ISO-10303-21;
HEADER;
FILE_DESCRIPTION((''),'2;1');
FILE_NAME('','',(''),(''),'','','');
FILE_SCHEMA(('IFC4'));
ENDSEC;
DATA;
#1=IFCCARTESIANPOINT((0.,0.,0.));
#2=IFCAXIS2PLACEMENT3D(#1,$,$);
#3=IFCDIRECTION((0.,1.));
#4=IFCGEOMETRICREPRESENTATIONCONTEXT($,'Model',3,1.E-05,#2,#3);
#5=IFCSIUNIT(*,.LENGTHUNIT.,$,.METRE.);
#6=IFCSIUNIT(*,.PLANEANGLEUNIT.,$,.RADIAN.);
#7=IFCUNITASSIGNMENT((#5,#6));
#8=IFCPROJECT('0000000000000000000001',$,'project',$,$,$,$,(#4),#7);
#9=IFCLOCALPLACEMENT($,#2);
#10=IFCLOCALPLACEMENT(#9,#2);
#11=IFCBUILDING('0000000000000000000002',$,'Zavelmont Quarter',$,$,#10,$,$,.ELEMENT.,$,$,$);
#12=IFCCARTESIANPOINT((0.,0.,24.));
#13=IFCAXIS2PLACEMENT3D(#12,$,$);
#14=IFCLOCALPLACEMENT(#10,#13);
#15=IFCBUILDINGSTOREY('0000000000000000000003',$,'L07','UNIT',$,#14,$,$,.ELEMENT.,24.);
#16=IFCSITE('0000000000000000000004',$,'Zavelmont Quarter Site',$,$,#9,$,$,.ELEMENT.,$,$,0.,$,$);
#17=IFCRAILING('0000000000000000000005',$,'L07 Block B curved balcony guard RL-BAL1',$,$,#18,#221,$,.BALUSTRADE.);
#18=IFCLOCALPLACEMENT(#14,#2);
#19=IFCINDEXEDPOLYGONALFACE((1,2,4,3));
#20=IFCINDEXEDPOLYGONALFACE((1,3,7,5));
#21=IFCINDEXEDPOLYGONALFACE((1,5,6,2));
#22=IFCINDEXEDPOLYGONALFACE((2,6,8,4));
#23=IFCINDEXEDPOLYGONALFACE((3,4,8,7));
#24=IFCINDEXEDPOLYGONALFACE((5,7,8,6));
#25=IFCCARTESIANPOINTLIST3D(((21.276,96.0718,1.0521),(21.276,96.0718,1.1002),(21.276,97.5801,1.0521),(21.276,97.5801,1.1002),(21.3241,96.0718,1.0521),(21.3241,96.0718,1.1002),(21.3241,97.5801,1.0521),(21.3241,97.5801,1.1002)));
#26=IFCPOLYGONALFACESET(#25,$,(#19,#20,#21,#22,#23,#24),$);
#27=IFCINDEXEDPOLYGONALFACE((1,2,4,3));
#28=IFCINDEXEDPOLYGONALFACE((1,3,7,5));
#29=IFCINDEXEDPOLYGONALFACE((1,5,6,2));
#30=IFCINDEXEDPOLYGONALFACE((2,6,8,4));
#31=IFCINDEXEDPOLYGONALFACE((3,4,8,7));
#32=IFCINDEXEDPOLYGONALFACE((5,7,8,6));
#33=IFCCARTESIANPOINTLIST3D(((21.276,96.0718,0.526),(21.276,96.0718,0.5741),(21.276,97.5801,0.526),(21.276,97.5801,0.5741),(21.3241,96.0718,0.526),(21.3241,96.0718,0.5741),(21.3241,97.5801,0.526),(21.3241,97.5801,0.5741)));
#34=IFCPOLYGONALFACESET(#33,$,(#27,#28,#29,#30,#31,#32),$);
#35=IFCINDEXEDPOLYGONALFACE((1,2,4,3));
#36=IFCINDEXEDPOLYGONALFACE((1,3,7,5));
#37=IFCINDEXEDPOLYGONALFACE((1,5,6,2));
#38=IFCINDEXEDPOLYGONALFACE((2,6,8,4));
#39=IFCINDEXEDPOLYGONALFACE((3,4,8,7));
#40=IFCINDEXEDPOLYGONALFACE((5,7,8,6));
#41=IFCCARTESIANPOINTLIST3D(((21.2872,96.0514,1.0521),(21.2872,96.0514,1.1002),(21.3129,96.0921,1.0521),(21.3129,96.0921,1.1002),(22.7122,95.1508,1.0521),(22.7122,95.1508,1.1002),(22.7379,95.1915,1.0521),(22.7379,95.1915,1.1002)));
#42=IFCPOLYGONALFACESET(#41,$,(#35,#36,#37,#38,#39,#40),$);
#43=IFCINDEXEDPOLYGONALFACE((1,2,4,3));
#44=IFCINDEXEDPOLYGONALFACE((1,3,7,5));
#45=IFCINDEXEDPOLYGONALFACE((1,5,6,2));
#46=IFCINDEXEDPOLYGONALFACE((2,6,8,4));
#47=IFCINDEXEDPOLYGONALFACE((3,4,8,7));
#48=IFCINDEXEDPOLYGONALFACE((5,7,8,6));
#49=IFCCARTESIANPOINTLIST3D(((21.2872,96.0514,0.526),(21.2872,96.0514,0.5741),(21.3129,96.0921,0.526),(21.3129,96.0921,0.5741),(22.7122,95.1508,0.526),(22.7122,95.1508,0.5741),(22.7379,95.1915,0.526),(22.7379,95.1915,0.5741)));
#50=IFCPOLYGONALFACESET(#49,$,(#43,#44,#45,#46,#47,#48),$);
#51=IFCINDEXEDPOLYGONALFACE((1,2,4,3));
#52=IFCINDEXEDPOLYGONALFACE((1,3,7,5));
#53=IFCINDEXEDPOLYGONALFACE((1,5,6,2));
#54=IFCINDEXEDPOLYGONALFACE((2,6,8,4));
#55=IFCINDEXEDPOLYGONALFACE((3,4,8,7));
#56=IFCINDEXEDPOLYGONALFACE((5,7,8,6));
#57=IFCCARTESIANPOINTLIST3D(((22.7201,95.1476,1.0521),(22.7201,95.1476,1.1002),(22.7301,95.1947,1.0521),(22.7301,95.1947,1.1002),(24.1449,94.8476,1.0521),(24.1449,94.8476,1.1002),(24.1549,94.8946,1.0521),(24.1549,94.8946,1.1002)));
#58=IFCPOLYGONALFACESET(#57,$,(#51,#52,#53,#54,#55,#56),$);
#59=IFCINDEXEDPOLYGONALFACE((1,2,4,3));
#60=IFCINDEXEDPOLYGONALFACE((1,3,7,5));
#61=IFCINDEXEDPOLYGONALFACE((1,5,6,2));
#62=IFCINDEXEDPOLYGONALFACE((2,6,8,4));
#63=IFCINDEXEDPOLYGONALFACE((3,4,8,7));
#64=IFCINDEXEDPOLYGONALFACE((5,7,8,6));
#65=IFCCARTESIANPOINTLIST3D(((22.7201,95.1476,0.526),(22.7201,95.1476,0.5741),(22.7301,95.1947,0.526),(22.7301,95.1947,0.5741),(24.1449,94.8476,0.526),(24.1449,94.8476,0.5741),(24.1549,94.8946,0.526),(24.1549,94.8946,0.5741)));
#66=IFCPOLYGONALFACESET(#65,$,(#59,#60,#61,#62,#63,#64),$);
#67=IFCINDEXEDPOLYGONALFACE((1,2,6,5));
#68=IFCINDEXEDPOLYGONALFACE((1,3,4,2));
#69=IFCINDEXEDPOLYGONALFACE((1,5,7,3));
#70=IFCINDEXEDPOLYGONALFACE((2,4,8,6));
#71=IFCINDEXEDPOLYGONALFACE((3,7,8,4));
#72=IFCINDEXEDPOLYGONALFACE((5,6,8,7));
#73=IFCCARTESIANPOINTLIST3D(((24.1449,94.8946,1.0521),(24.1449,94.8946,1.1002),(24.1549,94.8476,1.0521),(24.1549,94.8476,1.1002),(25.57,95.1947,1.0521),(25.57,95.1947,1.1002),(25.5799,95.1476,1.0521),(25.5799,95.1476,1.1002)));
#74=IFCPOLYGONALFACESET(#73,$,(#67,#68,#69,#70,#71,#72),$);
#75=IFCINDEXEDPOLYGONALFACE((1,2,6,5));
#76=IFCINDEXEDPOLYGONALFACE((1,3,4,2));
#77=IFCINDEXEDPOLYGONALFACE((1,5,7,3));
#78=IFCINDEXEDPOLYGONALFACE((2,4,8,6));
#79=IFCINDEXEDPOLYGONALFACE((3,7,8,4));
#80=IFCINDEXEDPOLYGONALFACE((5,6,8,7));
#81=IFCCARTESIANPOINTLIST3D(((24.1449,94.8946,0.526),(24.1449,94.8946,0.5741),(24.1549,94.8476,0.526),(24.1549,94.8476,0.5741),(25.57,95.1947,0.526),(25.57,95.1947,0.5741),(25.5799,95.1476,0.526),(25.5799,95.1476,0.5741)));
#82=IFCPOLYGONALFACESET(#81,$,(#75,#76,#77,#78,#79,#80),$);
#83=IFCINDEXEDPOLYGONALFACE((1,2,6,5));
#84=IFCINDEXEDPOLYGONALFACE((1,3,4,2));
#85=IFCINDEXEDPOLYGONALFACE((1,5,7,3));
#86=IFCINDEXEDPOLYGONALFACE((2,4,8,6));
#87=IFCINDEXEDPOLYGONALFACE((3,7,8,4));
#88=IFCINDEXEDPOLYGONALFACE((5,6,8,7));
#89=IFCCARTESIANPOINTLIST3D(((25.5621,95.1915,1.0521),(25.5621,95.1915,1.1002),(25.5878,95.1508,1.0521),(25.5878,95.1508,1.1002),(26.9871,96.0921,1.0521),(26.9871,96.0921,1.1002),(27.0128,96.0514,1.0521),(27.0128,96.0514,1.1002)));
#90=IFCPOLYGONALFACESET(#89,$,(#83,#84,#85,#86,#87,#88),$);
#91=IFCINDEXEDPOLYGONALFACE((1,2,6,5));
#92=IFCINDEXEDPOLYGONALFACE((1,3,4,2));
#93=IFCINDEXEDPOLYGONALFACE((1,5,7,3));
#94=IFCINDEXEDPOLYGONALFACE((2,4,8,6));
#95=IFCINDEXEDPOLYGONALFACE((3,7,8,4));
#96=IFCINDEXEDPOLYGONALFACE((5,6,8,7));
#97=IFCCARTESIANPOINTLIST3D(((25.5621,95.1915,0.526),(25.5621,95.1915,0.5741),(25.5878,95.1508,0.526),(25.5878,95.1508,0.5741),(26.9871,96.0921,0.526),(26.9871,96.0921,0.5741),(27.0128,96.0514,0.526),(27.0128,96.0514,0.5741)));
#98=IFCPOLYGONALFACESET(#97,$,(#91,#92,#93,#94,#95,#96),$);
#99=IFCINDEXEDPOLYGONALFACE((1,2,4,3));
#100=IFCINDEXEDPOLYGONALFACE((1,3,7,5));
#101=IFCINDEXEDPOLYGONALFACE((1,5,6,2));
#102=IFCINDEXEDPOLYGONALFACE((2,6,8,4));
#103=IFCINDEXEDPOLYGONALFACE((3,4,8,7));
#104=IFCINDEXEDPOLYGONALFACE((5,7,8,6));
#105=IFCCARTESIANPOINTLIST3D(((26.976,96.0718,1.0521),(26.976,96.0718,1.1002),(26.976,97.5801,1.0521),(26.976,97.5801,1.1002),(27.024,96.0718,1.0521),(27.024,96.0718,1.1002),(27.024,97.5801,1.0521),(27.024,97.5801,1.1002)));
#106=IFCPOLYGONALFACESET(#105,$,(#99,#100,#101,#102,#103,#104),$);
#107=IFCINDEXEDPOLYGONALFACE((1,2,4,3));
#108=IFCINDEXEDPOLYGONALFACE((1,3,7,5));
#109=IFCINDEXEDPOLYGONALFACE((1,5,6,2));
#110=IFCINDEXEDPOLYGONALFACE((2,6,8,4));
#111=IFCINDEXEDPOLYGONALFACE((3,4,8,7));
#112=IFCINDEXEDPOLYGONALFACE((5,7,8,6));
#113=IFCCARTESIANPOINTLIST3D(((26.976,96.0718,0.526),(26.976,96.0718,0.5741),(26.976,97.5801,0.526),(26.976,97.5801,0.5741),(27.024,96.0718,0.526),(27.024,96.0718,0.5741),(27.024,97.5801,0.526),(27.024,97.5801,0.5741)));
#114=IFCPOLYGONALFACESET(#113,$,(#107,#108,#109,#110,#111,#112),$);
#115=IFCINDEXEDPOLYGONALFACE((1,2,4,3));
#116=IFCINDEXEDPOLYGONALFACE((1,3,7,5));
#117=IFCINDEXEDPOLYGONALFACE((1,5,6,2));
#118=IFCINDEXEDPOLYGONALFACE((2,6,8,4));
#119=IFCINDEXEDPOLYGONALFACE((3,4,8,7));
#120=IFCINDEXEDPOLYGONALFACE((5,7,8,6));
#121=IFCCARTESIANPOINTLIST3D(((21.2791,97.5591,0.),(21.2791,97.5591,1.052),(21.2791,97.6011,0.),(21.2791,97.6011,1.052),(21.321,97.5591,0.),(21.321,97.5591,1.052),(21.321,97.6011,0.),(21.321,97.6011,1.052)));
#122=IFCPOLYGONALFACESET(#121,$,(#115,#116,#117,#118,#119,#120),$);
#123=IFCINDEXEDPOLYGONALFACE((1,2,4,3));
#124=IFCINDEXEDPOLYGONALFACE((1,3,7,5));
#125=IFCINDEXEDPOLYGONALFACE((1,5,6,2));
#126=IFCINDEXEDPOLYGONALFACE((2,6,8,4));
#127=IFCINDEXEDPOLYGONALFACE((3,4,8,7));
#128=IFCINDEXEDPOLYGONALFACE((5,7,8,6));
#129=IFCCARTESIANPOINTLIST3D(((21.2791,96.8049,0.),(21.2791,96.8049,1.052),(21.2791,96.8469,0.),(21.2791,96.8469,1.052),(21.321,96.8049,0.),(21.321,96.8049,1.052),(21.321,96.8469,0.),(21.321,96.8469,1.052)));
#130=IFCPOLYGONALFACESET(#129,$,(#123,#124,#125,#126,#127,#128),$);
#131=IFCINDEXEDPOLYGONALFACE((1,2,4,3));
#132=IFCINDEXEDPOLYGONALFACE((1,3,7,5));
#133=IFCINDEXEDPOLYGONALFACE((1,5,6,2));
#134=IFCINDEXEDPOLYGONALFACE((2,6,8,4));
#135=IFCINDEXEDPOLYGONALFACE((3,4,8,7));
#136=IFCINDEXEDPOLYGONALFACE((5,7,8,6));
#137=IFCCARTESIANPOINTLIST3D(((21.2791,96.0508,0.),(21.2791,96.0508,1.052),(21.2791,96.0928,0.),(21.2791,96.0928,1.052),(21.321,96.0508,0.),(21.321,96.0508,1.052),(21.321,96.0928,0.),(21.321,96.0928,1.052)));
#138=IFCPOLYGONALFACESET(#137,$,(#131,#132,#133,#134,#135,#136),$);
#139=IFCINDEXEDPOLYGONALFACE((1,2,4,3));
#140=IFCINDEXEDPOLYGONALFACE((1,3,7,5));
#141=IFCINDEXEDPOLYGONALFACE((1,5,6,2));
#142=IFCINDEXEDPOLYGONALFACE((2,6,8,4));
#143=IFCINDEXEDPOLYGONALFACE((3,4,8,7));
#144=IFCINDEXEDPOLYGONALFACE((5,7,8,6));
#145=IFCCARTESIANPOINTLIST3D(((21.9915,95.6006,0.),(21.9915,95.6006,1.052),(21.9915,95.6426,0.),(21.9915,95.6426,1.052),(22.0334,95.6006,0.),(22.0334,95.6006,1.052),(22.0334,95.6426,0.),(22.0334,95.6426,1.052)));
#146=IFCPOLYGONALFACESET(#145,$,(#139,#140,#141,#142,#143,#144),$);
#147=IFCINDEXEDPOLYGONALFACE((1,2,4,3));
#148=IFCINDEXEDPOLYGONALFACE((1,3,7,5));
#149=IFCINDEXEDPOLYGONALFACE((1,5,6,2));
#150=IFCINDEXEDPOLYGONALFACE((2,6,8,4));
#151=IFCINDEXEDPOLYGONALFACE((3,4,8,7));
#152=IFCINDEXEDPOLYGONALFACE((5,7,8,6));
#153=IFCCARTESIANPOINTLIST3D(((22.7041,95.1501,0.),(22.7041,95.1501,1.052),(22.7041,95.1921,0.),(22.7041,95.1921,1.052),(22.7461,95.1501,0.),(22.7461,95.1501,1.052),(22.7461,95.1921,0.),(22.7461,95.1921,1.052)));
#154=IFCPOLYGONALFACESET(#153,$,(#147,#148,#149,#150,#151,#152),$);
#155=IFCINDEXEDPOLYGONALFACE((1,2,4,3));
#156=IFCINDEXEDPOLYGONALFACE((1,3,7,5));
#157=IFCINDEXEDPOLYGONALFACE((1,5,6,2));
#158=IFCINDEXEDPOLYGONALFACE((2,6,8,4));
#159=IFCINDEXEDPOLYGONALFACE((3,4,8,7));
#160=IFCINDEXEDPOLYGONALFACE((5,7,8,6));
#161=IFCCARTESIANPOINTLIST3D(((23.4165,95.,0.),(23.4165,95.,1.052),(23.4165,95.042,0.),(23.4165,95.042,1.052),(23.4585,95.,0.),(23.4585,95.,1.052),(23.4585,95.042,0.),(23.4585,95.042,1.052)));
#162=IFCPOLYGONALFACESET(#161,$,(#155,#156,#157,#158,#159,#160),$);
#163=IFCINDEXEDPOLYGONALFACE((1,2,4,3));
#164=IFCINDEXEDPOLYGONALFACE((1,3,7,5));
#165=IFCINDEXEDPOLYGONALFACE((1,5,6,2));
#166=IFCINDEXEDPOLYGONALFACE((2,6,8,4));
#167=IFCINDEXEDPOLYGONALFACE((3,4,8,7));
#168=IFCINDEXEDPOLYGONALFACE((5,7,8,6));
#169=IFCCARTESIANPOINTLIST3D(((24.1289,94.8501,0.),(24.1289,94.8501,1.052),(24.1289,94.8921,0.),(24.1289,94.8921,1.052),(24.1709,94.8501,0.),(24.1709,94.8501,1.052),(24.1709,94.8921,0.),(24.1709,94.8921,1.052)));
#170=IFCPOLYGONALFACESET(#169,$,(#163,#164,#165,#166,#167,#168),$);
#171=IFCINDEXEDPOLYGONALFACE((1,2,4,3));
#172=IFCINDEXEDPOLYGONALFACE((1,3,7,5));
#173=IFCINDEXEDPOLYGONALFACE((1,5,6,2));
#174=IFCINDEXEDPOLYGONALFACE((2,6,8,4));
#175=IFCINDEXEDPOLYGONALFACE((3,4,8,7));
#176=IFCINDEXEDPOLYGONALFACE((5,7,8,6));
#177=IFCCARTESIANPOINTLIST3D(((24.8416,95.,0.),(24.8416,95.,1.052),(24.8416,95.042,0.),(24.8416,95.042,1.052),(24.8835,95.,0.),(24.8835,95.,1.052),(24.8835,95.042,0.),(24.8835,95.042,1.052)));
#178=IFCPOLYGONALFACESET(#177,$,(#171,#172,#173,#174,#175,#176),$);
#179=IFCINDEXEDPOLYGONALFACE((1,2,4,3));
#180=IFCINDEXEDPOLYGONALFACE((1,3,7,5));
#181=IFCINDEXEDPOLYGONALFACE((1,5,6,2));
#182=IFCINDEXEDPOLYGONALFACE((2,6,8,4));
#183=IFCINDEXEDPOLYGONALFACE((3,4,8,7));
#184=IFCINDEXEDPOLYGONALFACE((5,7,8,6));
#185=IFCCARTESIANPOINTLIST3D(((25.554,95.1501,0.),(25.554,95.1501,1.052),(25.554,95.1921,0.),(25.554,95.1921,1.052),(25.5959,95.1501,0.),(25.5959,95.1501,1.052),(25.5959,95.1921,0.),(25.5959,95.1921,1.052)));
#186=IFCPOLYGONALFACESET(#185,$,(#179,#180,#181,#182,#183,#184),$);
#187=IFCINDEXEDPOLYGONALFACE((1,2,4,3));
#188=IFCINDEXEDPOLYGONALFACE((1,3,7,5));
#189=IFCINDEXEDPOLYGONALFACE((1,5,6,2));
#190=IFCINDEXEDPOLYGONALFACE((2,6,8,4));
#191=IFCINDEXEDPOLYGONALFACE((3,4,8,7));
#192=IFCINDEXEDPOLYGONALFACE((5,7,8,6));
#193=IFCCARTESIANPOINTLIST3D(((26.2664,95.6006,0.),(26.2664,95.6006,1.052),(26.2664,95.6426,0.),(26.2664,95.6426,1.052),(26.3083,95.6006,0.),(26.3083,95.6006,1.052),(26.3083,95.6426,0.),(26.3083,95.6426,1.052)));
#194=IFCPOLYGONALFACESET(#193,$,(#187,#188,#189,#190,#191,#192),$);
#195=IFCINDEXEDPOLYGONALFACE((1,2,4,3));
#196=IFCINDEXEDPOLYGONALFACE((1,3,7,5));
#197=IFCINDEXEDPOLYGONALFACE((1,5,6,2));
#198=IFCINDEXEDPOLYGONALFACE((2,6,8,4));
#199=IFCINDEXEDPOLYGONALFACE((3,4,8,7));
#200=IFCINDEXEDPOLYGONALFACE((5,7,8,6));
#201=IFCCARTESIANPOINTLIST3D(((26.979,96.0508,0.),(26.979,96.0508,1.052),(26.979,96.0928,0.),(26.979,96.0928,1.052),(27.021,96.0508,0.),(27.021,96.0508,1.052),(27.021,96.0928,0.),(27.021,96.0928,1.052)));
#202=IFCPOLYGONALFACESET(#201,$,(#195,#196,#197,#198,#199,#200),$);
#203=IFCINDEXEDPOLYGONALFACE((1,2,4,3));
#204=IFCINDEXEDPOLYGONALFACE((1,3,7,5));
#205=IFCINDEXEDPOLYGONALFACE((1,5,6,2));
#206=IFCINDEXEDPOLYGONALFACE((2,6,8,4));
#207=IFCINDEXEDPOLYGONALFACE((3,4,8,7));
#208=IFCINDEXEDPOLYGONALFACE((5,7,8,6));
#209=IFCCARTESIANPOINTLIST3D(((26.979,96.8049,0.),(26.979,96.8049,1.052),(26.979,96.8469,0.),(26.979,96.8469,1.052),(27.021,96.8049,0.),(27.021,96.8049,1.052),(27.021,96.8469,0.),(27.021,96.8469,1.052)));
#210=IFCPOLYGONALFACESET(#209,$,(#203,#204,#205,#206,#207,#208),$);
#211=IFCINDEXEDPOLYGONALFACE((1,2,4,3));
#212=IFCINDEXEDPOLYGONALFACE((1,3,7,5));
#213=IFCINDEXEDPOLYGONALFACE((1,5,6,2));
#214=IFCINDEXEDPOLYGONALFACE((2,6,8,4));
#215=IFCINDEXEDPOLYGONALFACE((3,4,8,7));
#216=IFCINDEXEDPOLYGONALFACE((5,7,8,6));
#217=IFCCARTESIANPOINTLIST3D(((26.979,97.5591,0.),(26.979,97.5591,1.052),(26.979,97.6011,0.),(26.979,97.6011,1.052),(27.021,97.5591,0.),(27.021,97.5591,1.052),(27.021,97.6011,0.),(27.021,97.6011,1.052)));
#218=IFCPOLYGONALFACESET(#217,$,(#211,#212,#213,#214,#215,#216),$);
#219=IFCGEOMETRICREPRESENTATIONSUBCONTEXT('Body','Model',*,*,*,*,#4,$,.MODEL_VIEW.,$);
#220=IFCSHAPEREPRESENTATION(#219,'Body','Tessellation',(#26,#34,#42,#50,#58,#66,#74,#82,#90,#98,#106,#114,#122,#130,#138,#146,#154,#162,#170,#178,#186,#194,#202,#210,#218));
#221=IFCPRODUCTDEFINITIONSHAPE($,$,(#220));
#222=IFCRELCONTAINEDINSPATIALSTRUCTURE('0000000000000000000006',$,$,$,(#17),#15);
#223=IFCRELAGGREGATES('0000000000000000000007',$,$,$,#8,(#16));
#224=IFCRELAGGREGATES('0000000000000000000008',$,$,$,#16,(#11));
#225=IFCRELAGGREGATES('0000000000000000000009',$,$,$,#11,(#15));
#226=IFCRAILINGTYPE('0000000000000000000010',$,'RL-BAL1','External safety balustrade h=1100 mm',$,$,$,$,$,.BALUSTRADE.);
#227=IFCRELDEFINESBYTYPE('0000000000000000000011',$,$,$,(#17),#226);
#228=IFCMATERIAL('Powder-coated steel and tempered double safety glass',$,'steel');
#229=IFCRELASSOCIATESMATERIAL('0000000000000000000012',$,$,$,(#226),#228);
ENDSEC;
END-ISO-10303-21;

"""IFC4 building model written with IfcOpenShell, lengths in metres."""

from ifc_helpers import new_model, si_unit, direction, frame, origin, origin_2d, place, context, subcontext, project, spatial, rectangle, extrude, material, type_object, element, save


model = new_model("IFC4")

# Units and contexts
model_context = context("Model", 3, precision=1e-05, world=origin(), true_north=direction((0.0, 1.0)))
body_context = subcontext(model_context, "Body", "Model", "MODEL_VIEW")
ifc_project = project(units=[si_unit("LENGTHUNIT", "METRE"), si_unit("PLANEANGLEUNIT", "RADIAN")], contexts=[model_context])

# Site, building, storey
site_placement = place(None, origin())
site = spatial("IfcSite", under=ifc_project, at=site_placement, Name="Zavelmont Quarter Site", CompositionType="ELEMENT", RefElevation=0.0)
building_placement = place(site_placement, origin())
building = spatial("IfcBuilding", under=site, at=building_placement, Name="Zavelmont Quarter", CompositionType="ELEMENT")
storey_placement = place(building_placement, frame((0.0, 0.0, 24.0)))
storey = spatial("IfcBuildingStorey", under=building, at=storey_placement, Name="L07", Description="UNIT", CompositionType="ELEMENT", Elevation=24.0)

# Railing
ifc_material_1 = material(Name="Powder-coated steel and tempered double safety glass", Category="steel")
railing_type_1 = type_object("IfcRailingType", Name="RL-BAL1", Description="External safety balustrade h=1100 mm", PredefinedType="BALUSTRADE", material=ifc_material_1)
railing_1_placement = place(storey_placement, frame((21.3, 97.5801, 0.0)))
element("IfcRailing", 1, at=railing_1_placement, inside=storey, type_object=railing_type_1, Name="L07 Block B curved balcony guard RL-BAL1", PredefinedType="BALUSTRADE", context=body_context, shape_type="SweptSolid", body=[
    extrude(rectangle(XDim=0.0481, YDim=0.0481, at=origin_2d()), frame((0.0, 0.0, 1.0762), z_axis=(0.0, -1.0, 0.0), x_axis=(1.0, 0.0, 0.0)), (0.0, 0.0, 1.0), 1.5083),
    extrude(rectangle(XDim=0.0481, YDim=0.0481, at=origin_2d()), frame((0.0, 0.0, 0.55), z_axis=(0.0, -1.0, 0.0), x_axis=(1.0, 0.0, 0.0)), (0.0, 0.0, 1.0), 1.5083),
    extrude(rectangle(XDim=0.0481, YDim=0.0481, at=origin_2d()), frame((0.0, -1.5083, 1.0762), z_axis=(0.845327, -0.534249, 0.0), x_axis=(0.534249, 0.845327, 0.0)), (0.0, 0.0, 1.0), 1.6858),
    extrude(rectangle(XDim=0.0481, YDim=0.0481, at=origin_2d()), frame((0.0, -1.5083, 0.55), z_axis=(0.845327, -0.534249, 0.0), x_axis=(0.534249, 0.845327, 0.0)), (0.0, 0.0, 1.0), 1.6858),
    extrude(rectangle(XDim=0.0481, YDim=0.0481, at=origin_2d()), frame((1.425, -2.4089, 1.0762), z_axis=(0.978537, -0.20607, 0.0), x_axis=(0.20607, 0.978537, 0.0)), (0.0, 0.0, 1.0), 1.4561),
    extrude(rectangle(XDim=0.0481, YDim=0.0481, at=origin_2d()), frame((1.425, -2.4089, 0.55), z_axis=(0.978537, -0.20607, 0.0), x_axis=(0.20607, 0.978537, 0.0)), (0.0, 0.0, 1.0), 1.4561),
    extrude(rectangle(XDim=0.0481, YDim=0.0481, at=origin_2d()), frame((2.8499, -2.709, 1.0762), z_axis=(0.978544, 0.206036, 0.0), x_axis=(-0.206036, 0.978544, 0.0)), (0.0, 0.0, 1.0), 1.4563),
    extrude(rectangle(XDim=0.0481, YDim=0.0481, at=origin_2d()), frame((2.8499, -2.709, 0.55), z_axis=(0.978544, 0.206036, 0.0), x_axis=(-0.206036, 0.978544, 0.0)), (0.0, 0.0, 1.0), 1.4563),
    extrude(rectangle(XDim=0.0481, YDim=0.0481, at=origin_2d()), frame((4.2749, -2.4089, 1.0762), z_axis=(0.845327, 0.534249, 0.0), x_axis=(-0.534249, 0.845327, 0.0)), (0.0, 0.0, 1.0), 1.6858),
    extrude(rectangle(XDim=0.0481, YDim=0.0481, at=origin_2d()), frame((4.2749, -2.4089, 0.55), z_axis=(0.845327, 0.534249, 0.0), x_axis=(-0.534249, 0.845327, 0.0)), (0.0, 0.0, 1.0), 1.6858),
    extrude(rectangle(XDim=0.0481, YDim=0.0481, at=origin_2d()), frame((5.7, -1.5083, 1.0762), z_axis=(0.0, 1.0, 0.0), x_axis=(-1.0, 0.0, 0.0)), (0.0, 0.0, 1.0), 1.5083),
    extrude(rectangle(XDim=0.0481, YDim=0.0481, at=origin_2d()), frame((5.7, -1.5083, 0.55), z_axis=(0.0, 1.0, 0.0), x_axis=(-1.0, 0.0, 0.0)), (0.0, 0.0, 1.0), 1.5083),
    extrude(rectangle(XDim=0.042, YDim=0.042, at=origin_2d()), origin(), (0.0, 0.0, 1.0), 1.052),
    extrude(rectangle(XDim=0.042, YDim=0.042, at=origin_2d()), frame((0.0, -0.7542, 0.0)), (0.0, 0.0, 1.0), 1.052),
    extrude(rectangle(XDim=0.042, YDim=0.042, at=origin_2d()), frame((0.0, -1.5083, 0.0)), (0.0, 0.0, 1.0), 1.052),
    extrude(rectangle(XDim=0.042, YDim=0.042, at=origin_2d()), frame((0.7124, -1.9585, 0.0)), (0.0, 0.0, 1.0), 1.052),
    extrude(rectangle(XDim=0.042, YDim=0.042, at=origin_2d()), frame((1.425, -2.4089, 0.0)), (0.0, 0.0, 1.0), 1.052),
    extrude(rectangle(XDim=0.042, YDim=0.042, at=origin_2d()), frame((2.1375, -2.5591, 0.0)), (0.0, 0.0, 1.0), 1.052),
    extrude(rectangle(XDim=0.042, YDim=0.042, at=origin_2d()), frame((2.8499, -2.709, 0.0)), (0.0, 0.0, 1.0), 1.052),
    extrude(rectangle(XDim=0.042, YDim=0.042, at=origin_2d()), frame((3.5625, -2.5591, 0.0)), (0.0, 0.0, 1.0), 1.052),
    extrude(rectangle(XDim=0.042, YDim=0.042, at=origin_2d()), frame((4.2749, -2.4089, 0.0)), (0.0, 0.0, 1.0), 1.052),
    extrude(rectangle(XDim=0.042, YDim=0.042, at=origin_2d()), frame((4.9873, -1.9585, 0.0)), (0.0, 0.0, 1.0), 1.052),
    extrude(rectangle(XDim=0.042, YDim=0.042, at=origin_2d()), frame((5.7, -1.5083, 0.0)), (0.0, 0.0, 1.0), 1.052),
    extrude(rectangle(XDim=0.042, YDim=0.042, at=origin_2d()), frame((5.7, -0.7542, 0.0)), (0.0, 0.0, 1.0), 1.052),
    extrude(rectangle(XDim=0.042, YDim=0.042, at=origin_2d()), frame((5.7, 0.0, 0.0)), (0.0, 0.0, 1.0), 1.052),
])

save(model, "model.ifc")
